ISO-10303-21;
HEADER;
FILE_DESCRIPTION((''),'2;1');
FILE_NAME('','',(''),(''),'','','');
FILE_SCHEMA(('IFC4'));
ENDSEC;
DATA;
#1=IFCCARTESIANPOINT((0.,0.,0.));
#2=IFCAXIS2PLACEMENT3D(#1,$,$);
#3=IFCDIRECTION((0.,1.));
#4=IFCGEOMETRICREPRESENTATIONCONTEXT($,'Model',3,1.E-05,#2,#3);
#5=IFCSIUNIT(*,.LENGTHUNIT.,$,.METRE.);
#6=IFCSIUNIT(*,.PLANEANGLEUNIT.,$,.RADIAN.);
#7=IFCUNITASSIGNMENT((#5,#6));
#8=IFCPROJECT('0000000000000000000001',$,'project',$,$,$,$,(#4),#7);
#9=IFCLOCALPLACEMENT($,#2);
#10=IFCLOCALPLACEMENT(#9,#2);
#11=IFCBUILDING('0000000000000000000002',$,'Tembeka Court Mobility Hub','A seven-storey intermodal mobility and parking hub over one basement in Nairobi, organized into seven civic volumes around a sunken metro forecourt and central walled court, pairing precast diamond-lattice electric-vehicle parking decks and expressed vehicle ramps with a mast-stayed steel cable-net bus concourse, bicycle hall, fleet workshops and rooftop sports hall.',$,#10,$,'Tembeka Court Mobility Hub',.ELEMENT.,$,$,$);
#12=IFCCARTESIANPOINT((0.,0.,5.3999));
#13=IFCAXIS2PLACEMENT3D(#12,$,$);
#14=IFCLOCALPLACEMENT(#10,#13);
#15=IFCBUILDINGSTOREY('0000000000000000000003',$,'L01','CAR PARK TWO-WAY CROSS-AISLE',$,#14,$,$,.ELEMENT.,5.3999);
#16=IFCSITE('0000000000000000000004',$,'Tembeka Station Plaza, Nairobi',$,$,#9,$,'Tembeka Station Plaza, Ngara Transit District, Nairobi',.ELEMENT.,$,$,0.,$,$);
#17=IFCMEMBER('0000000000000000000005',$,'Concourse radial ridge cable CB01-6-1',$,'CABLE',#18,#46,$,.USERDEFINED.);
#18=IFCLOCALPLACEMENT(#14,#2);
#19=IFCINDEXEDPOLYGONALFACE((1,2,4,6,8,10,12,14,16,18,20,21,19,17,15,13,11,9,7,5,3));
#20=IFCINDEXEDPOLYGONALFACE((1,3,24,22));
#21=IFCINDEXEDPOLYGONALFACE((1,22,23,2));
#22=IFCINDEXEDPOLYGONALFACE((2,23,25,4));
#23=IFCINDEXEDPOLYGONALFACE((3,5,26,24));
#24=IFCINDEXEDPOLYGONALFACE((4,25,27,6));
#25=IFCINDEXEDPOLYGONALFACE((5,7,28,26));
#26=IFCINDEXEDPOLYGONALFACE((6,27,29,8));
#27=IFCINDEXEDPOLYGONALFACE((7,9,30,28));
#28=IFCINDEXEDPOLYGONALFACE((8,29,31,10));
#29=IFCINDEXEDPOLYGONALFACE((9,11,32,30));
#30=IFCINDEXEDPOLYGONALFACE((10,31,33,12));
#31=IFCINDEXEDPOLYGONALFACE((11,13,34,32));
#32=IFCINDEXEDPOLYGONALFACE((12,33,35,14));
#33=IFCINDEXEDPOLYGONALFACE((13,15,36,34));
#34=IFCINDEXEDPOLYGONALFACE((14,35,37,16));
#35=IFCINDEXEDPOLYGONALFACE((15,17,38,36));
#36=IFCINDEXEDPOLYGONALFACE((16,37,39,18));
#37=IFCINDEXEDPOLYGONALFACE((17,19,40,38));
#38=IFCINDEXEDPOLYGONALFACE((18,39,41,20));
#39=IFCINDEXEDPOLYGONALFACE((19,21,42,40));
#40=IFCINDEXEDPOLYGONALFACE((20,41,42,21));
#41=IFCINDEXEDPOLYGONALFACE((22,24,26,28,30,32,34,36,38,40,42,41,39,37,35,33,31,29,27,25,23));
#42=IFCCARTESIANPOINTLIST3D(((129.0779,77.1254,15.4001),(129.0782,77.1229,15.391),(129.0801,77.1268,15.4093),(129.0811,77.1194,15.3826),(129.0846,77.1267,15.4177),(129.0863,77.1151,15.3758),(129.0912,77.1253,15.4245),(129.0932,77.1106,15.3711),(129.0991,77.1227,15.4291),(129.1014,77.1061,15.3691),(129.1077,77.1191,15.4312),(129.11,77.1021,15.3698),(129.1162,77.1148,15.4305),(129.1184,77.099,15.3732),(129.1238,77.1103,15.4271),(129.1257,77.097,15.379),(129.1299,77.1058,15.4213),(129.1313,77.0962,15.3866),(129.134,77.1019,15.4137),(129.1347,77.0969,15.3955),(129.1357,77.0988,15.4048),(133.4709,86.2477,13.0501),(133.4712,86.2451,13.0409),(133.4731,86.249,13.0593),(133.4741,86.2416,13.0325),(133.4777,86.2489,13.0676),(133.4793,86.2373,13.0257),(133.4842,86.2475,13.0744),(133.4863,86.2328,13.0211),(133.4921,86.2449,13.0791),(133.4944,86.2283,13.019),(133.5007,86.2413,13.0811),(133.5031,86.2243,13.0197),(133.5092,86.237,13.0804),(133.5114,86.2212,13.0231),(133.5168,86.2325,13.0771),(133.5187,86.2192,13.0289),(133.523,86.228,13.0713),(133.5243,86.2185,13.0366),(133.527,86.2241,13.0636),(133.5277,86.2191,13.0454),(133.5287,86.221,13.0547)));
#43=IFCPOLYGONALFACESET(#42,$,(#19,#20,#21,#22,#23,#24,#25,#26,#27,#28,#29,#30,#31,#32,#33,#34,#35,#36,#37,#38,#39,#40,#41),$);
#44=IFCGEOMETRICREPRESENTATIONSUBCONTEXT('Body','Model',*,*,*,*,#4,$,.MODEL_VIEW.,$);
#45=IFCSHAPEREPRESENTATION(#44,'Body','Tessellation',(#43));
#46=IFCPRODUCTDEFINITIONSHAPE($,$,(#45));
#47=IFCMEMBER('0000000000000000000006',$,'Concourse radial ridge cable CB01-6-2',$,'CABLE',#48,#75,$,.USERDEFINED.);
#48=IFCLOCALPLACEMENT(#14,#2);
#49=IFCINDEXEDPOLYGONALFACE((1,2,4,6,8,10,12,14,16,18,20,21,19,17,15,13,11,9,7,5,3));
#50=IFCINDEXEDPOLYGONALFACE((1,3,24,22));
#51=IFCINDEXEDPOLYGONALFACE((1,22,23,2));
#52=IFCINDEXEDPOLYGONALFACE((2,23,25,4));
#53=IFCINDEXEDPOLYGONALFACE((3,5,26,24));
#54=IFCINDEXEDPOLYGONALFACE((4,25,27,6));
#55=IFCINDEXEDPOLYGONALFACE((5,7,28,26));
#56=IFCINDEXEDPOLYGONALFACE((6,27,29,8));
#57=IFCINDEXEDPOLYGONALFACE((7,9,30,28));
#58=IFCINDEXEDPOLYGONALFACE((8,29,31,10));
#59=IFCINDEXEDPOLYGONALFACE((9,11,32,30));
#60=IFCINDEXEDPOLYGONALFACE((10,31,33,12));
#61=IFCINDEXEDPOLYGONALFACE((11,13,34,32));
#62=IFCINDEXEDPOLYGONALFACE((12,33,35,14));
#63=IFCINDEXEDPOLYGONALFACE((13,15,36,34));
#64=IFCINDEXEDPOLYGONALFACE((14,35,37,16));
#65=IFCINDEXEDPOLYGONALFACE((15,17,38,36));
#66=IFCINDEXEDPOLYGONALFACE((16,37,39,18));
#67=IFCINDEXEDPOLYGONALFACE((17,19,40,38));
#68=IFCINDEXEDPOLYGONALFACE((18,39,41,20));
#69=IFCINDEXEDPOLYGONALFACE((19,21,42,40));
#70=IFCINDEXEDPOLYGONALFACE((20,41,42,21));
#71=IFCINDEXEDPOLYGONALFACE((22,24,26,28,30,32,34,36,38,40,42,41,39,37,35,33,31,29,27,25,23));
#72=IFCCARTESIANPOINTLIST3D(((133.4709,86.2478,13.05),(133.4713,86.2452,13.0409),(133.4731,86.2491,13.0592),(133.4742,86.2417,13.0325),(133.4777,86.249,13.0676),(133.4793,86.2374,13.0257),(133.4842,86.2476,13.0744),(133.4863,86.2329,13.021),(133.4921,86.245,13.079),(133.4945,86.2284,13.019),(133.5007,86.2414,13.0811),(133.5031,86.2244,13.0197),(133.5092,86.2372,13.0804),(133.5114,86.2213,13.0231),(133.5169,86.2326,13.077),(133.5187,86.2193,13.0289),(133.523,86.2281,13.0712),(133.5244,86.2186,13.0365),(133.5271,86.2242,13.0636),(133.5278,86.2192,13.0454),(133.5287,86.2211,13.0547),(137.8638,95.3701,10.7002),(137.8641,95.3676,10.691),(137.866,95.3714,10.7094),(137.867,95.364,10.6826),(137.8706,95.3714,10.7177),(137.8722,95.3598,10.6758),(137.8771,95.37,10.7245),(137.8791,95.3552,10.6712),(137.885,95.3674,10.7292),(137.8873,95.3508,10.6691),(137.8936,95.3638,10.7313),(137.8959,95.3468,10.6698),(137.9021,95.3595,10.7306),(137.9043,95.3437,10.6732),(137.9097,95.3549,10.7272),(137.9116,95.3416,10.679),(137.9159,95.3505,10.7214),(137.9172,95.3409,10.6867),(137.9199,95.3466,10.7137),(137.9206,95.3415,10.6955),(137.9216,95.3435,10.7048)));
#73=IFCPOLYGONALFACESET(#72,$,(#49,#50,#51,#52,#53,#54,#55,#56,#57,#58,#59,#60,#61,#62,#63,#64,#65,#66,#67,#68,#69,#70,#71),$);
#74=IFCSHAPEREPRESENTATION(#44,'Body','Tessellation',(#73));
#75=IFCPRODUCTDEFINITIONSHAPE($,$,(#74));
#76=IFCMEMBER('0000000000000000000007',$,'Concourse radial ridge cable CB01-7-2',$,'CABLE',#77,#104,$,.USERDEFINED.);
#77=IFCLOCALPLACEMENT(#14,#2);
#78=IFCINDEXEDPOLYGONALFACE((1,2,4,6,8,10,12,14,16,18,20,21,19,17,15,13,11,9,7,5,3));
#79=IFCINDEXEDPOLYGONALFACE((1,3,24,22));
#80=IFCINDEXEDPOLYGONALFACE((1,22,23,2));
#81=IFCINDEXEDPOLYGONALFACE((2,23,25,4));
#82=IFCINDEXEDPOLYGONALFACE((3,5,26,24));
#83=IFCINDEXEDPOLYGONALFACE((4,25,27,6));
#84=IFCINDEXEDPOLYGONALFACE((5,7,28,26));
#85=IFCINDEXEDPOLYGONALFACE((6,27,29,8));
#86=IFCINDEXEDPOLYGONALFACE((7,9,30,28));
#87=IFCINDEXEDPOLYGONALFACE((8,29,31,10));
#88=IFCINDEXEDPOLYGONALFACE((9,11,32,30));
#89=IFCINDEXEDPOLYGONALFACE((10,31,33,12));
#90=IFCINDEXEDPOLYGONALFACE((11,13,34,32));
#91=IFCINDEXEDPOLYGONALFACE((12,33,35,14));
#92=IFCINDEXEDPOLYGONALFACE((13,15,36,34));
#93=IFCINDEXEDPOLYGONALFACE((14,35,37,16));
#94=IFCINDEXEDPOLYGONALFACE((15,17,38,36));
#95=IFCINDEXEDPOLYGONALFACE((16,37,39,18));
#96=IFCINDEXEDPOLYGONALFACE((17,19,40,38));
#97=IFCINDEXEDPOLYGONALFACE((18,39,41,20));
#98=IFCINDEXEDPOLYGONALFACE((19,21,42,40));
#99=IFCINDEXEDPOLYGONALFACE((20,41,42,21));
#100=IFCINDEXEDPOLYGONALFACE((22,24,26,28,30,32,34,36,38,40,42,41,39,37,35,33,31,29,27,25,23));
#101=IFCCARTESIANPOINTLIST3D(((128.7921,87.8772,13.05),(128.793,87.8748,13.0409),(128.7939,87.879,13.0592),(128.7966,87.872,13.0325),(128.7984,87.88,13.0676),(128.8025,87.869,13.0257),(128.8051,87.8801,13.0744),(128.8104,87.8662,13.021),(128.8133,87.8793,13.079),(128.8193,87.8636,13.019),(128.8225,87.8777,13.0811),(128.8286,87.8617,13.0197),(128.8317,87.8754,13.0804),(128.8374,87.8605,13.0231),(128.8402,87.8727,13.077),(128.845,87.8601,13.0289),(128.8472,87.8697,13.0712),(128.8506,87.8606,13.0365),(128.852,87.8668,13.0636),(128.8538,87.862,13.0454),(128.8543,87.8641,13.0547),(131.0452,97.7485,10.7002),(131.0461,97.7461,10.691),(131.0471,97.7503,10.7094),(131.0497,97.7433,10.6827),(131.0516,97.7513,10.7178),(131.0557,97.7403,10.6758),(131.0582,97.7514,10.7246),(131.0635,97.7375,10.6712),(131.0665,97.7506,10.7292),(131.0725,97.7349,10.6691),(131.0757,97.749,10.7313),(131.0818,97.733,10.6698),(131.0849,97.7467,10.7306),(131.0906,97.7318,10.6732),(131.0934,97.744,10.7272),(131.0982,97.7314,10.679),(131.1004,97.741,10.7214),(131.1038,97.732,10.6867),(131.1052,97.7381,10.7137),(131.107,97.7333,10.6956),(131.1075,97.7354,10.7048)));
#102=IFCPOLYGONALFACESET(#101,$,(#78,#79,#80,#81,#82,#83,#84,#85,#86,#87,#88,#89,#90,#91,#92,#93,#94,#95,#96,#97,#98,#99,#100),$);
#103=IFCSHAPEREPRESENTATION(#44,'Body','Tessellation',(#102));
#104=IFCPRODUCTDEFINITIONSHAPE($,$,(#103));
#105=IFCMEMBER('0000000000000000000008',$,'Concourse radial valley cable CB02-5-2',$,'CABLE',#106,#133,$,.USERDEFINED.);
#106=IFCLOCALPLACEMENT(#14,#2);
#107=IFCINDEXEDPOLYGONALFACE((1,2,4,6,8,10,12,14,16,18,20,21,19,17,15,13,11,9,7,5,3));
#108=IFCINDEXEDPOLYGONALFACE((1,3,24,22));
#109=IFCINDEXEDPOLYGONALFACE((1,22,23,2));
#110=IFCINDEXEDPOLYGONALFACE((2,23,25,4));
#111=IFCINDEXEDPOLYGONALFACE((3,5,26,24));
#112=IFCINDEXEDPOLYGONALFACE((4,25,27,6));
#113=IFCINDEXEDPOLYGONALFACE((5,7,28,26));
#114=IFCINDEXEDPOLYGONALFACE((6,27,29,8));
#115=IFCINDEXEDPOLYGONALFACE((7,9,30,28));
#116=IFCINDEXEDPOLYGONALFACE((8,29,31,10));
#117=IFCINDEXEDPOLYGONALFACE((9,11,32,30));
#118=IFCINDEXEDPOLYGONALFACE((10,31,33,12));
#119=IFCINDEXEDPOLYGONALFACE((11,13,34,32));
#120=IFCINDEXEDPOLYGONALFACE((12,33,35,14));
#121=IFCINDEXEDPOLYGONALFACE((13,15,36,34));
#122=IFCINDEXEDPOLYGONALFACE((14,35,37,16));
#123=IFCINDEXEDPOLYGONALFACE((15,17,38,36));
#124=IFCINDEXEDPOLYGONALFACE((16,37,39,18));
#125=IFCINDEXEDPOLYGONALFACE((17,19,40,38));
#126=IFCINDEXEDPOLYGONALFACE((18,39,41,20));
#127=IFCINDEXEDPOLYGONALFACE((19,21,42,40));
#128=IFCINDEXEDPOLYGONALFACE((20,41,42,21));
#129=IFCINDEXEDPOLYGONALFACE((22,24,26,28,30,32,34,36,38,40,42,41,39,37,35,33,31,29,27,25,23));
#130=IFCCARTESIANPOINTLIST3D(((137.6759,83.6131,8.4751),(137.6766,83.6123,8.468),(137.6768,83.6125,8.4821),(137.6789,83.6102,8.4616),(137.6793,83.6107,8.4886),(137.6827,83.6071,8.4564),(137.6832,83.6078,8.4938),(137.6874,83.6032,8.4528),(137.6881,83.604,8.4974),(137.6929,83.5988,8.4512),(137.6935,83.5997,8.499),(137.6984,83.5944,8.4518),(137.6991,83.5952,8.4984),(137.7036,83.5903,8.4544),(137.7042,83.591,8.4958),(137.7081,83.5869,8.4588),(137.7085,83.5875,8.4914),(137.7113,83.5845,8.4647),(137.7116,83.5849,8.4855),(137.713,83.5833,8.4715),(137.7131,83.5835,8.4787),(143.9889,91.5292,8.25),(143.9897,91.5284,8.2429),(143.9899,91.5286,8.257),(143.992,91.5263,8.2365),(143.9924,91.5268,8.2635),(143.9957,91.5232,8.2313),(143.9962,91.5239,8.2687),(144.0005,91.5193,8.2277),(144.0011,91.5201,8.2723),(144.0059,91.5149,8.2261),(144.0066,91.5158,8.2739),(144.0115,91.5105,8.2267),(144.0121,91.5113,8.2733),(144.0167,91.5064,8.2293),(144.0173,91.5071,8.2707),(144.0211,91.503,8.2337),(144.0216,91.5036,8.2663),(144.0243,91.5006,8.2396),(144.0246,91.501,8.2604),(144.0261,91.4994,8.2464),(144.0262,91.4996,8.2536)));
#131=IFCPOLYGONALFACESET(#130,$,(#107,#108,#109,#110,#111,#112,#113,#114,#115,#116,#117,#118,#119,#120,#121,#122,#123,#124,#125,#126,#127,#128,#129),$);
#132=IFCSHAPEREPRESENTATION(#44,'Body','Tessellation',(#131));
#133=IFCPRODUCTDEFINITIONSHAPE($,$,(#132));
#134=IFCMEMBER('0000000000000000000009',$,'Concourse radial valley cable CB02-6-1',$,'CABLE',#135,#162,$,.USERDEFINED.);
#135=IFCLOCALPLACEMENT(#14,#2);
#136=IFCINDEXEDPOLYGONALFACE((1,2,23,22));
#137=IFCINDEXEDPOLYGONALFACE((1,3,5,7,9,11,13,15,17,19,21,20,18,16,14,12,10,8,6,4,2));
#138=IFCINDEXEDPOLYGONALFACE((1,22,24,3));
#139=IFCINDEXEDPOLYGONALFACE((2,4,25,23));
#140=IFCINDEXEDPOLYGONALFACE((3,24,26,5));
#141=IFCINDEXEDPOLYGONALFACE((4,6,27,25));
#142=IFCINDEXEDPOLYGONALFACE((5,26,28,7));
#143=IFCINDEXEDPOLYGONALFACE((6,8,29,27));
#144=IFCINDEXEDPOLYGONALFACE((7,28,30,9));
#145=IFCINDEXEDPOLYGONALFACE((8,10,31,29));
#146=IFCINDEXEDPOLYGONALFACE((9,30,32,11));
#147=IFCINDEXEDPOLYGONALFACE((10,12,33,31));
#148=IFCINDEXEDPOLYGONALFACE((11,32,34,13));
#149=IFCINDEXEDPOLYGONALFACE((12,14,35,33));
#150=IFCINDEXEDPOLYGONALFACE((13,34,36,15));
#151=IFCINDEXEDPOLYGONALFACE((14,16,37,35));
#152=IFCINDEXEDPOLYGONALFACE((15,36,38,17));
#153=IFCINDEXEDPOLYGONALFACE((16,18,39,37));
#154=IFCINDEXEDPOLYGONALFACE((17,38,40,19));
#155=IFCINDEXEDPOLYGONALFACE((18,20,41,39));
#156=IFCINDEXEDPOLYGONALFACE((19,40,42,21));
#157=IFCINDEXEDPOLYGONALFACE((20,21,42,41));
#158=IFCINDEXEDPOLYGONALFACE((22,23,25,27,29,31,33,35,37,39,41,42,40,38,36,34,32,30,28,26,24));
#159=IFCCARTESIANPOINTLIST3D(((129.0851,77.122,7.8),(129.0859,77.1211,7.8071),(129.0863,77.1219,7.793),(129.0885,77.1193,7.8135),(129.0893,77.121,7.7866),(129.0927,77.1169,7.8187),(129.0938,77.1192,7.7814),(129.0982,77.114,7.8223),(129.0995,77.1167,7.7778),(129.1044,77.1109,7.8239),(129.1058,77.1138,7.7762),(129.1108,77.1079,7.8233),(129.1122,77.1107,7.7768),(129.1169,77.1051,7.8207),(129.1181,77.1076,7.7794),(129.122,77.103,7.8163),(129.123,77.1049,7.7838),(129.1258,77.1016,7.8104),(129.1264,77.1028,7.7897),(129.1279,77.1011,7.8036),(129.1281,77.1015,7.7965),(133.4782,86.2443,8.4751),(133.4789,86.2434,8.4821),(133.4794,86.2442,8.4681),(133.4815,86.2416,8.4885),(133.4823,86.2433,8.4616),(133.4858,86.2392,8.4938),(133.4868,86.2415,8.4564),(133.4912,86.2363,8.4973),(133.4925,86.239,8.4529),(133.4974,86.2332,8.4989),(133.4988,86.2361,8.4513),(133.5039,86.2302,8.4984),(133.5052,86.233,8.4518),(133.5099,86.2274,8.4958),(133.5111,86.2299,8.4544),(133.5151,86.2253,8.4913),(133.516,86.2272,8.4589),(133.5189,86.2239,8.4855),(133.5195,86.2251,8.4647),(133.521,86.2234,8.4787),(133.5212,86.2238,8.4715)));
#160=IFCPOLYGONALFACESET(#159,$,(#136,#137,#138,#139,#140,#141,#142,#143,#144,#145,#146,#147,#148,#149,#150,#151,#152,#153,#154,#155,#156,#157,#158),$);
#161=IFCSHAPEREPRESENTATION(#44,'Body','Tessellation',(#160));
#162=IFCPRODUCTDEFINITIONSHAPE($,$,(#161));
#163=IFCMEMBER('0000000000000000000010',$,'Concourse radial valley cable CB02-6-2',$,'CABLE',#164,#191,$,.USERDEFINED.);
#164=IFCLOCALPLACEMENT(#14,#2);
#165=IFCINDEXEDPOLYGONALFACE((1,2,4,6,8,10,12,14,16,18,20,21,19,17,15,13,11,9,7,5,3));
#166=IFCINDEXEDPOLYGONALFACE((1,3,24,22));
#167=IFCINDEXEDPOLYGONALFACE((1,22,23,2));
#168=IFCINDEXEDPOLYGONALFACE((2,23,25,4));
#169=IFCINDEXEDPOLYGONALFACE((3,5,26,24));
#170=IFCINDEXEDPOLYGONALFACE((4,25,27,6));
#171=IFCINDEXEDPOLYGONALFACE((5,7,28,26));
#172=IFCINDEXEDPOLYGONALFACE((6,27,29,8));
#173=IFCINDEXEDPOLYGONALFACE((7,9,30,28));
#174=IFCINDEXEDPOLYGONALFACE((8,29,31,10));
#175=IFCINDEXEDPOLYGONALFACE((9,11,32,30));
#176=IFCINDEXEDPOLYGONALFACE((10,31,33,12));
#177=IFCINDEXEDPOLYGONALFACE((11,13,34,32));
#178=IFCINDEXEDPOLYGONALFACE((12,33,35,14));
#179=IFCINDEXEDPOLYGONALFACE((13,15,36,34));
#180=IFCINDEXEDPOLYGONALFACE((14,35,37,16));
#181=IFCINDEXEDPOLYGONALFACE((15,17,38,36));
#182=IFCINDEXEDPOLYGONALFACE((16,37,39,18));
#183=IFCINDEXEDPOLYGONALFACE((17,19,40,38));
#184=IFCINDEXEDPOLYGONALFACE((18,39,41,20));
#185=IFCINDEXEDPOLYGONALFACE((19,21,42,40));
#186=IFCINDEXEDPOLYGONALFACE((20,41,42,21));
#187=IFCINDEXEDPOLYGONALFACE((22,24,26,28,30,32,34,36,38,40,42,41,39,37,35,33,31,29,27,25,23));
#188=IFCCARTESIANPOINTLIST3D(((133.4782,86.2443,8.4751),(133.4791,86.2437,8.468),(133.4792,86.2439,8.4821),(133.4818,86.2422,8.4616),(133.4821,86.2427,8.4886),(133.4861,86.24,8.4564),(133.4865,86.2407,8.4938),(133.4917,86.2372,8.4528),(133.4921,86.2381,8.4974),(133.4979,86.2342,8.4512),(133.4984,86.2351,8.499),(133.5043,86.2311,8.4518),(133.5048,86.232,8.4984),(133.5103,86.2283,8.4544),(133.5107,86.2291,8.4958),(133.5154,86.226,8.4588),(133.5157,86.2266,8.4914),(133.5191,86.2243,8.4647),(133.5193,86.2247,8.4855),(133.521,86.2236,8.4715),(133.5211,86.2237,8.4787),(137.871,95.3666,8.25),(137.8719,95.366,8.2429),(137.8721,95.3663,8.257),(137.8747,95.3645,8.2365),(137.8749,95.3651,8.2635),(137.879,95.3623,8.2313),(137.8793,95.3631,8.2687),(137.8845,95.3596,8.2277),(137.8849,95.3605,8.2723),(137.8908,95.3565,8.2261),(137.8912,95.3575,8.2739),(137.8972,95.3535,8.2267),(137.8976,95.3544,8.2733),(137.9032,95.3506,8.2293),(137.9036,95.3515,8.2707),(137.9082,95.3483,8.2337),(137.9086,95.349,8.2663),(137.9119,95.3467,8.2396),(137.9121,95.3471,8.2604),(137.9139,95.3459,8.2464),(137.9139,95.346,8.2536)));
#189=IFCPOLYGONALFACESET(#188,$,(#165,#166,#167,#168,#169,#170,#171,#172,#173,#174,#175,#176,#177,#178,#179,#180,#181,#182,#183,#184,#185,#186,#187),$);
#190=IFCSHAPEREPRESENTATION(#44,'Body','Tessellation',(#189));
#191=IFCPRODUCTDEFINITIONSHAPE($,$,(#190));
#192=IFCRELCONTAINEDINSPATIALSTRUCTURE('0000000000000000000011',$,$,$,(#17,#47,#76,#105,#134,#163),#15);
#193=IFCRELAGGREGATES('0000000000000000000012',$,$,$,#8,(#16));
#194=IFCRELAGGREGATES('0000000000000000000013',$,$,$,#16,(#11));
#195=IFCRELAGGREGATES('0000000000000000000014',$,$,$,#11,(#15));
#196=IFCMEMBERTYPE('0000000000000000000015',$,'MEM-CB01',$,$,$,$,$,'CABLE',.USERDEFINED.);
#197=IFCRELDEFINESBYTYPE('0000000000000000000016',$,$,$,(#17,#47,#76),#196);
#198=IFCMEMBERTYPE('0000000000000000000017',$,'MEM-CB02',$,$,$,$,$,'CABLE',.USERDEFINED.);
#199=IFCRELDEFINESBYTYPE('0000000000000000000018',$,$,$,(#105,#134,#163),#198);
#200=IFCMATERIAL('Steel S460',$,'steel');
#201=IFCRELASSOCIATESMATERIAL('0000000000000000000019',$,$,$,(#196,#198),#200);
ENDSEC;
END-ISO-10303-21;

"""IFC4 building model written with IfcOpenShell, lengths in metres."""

from ifc_helpers import new_model, si_unit, direction, frame, origin, origin_2d, place, context, subcontext, project, spatial, circle, extrude, material, material_profile, profile_set, type_object, element, save


model = new_model("IFC4")

# Units and contexts
model_context = context("Model", 3, precision=1e-05, world=origin(), true_north=direction((0.0, 1.0)))
body_context = subcontext(model_context, "Body", "Model", "MODEL_VIEW")
ifc_project = project(units=[si_unit("LENGTHUNIT", "METRE"), si_unit("PLANEANGLEUNIT", "RADIAN")], contexts=[model_context])

# Site, building, storey
site_placement = place(None, origin())
site = spatial("IfcSite", under=ifc_project, at=site_placement, Name="Tembeka Station Plaza, Nairobi", LongName="Tembeka Station Plaza, Ngara Transit District, Nairobi", CompositionType="ELEMENT", RefElevation=0.0)
building_placement = place(site_placement, origin())
building = spatial("IfcBuilding", under=site, at=building_placement, Name="Tembeka Court Mobility Hub", Description="A seven-storey intermodal mobility and parking hub over one basement in Nairobi, organized into seven civic volumes around a sunken metro forecourt and central walled court, pairing precast diamond-lattice electric-vehicle parking decks and expressed vehicle ramps with a mast-stayed steel cable-net bus concourse, bicycle hall, fleet workshops and rooftop sports hall.", LongName="Tembeka Court Mobility Hub", CompositionType="ELEMENT")
storey_placement = place(building_placement, frame((0.0, 0.0, 5.3999)))
storey = spatial("IfcBuildingStorey", under=building, at=storey_placement, Name="L01", Description="CAR PARK TWO-WAY CROSS-AISLE", CompositionType="ELEMENT", Elevation=5.3999)

# Members
ifc_material_1 = material(Name="Steel S460", Category="steel")
ifc_material_profile_1 = material_profile(ifc_material_1, circle(Radius=0.032, at=origin_2d()), Name="CABLE D64")
ifc_profile_set_1 = profile_set([ifc_material_profile_1], Name="Steel S460")
member_type_1 = type_object("IfcMemberType", Name="MEM-CB01", ElementType="CABLE", PredefinedType="USERDEFINED", material=ifc_profile_set_1)
for number, where, z_axis, x_axis, name in (
    (1, (129.1067, 77.1116, 15.4001), (0.422647, 0.877638, -0.226098), (-0.900969, 0.433883, 0.0), "Concourse radial ridge cable CB01-6-1"),
    (2, (133.4998, 86.2339, 13.05), (0.42263, 0.877652, -0.226078), (-0.900979, 0.433863, 0.0), "Concourse radial ridge cable CB01-6-2"),
):
    element("IfcMember", number, at=place(storey_placement, frame(where, z_axis=z_axis, x_axis=x_axis)), inside=storey, type_object=member_type_1, Name=name, ObjectType="CABLE", PredefinedType="USERDEFINED", context=body_context, shape_type="SweptSolid", body=[
        extrude(circle(Radius=0.032, at=origin_2d()), origin(), (0.0, 0.0, 1.0), 10.394),
    ])
member_1_placement = place(storey_placement, frame((128.8232, 87.8701, 13.05), z_axis=(0.21677, 0.949686, -0.226071), x_axis=(-0.974926, 0.222531, 0.0)))
element("IfcMember", 3, at=member_1_placement, inside=storey, type_object=member_type_1, Name="Concourse radial ridge cable CB01-7-2", ObjectType="CABLE", PredefinedType="USERDEFINED", context=body_context, shape_type="SweptSolid", body=[
    extrude(circle(Radius=0.032, at=origin_2d()), origin(), (0.0, 0.0, 1.0), 10.3943),
])
ifc_material_profile_2 = material_profile(ifc_material_1, circle(Radius=0.0239, at=origin_2d()), Name="CABLE D48")
ifc_profile_set_2 = profile_set([ifc_material_profile_2], Name="Steel S460")
member_type_2 = type_object("IfcMemberType", Name="MEM-CB02", ElementType="CABLE", PredefinedType="USERDEFINED", material=ifc_profile_set_2)
member_2_placement = place(storey_placement, frame((137.6946, 83.5981, 8.4751), z_axis=(0.623346, 0.78163, -0.022226), x_axis=(-0.781823, 0.6235, 0.0)))
element("IfcMember", 4, at=member_2_placement, inside=storey, type_object=member_type_2, Name="Concourse radial valley cable CB02-5-2", ObjectType="CABLE", PredefinedType="USERDEFINED", context=body_context, shape_type="SweptSolid", body=[
    extrude(circle(Radius=0.0239, at=origin_2d()), origin(), (0.0, 0.0, 1.0), 10.1277),
])
member_3_placement = place(storey_placement, frame((129.1067, 77.1116, 7.8), z_axis=(0.432922, 0.898973, 0.066524), x_axis=(-0.900969, 0.433883, 0.0)))
element("IfcMember", 5, at=member_3_placement, inside=storey, type_object=member_type_2, Name="Concourse radial valley cable CB02-6-1", ObjectType="CABLE", PredefinedType="USERDEFINED", context=body_context, shape_type="SweptSolid", body=[
    extrude(circle(Radius=0.0239, at=origin_2d()), origin(), (0.0, 0.0, 1.0), 10.1475),
])
member_4_placement = place(storey_placement, frame((133.4998, 86.2339, 8.4751), z_axis=(0.433756, 0.900756, -0.022227), x_axis=(-0.900979, 0.433863, 0.0)))
element("IfcMember", 6, at=member_4_placement, inside=storey, type_object=member_type_2, Name="Concourse radial valley cable CB02-6-2", ObjectType="CABLE", PredefinedType="USERDEFINED", context=body_context, shape_type="SweptSolid", body=[
    extrude(circle(Radius=0.0239, at=origin_2d()), origin(), (0.0, 0.0, 1.0), 10.1274),
])

save(model, "model.ifc")
